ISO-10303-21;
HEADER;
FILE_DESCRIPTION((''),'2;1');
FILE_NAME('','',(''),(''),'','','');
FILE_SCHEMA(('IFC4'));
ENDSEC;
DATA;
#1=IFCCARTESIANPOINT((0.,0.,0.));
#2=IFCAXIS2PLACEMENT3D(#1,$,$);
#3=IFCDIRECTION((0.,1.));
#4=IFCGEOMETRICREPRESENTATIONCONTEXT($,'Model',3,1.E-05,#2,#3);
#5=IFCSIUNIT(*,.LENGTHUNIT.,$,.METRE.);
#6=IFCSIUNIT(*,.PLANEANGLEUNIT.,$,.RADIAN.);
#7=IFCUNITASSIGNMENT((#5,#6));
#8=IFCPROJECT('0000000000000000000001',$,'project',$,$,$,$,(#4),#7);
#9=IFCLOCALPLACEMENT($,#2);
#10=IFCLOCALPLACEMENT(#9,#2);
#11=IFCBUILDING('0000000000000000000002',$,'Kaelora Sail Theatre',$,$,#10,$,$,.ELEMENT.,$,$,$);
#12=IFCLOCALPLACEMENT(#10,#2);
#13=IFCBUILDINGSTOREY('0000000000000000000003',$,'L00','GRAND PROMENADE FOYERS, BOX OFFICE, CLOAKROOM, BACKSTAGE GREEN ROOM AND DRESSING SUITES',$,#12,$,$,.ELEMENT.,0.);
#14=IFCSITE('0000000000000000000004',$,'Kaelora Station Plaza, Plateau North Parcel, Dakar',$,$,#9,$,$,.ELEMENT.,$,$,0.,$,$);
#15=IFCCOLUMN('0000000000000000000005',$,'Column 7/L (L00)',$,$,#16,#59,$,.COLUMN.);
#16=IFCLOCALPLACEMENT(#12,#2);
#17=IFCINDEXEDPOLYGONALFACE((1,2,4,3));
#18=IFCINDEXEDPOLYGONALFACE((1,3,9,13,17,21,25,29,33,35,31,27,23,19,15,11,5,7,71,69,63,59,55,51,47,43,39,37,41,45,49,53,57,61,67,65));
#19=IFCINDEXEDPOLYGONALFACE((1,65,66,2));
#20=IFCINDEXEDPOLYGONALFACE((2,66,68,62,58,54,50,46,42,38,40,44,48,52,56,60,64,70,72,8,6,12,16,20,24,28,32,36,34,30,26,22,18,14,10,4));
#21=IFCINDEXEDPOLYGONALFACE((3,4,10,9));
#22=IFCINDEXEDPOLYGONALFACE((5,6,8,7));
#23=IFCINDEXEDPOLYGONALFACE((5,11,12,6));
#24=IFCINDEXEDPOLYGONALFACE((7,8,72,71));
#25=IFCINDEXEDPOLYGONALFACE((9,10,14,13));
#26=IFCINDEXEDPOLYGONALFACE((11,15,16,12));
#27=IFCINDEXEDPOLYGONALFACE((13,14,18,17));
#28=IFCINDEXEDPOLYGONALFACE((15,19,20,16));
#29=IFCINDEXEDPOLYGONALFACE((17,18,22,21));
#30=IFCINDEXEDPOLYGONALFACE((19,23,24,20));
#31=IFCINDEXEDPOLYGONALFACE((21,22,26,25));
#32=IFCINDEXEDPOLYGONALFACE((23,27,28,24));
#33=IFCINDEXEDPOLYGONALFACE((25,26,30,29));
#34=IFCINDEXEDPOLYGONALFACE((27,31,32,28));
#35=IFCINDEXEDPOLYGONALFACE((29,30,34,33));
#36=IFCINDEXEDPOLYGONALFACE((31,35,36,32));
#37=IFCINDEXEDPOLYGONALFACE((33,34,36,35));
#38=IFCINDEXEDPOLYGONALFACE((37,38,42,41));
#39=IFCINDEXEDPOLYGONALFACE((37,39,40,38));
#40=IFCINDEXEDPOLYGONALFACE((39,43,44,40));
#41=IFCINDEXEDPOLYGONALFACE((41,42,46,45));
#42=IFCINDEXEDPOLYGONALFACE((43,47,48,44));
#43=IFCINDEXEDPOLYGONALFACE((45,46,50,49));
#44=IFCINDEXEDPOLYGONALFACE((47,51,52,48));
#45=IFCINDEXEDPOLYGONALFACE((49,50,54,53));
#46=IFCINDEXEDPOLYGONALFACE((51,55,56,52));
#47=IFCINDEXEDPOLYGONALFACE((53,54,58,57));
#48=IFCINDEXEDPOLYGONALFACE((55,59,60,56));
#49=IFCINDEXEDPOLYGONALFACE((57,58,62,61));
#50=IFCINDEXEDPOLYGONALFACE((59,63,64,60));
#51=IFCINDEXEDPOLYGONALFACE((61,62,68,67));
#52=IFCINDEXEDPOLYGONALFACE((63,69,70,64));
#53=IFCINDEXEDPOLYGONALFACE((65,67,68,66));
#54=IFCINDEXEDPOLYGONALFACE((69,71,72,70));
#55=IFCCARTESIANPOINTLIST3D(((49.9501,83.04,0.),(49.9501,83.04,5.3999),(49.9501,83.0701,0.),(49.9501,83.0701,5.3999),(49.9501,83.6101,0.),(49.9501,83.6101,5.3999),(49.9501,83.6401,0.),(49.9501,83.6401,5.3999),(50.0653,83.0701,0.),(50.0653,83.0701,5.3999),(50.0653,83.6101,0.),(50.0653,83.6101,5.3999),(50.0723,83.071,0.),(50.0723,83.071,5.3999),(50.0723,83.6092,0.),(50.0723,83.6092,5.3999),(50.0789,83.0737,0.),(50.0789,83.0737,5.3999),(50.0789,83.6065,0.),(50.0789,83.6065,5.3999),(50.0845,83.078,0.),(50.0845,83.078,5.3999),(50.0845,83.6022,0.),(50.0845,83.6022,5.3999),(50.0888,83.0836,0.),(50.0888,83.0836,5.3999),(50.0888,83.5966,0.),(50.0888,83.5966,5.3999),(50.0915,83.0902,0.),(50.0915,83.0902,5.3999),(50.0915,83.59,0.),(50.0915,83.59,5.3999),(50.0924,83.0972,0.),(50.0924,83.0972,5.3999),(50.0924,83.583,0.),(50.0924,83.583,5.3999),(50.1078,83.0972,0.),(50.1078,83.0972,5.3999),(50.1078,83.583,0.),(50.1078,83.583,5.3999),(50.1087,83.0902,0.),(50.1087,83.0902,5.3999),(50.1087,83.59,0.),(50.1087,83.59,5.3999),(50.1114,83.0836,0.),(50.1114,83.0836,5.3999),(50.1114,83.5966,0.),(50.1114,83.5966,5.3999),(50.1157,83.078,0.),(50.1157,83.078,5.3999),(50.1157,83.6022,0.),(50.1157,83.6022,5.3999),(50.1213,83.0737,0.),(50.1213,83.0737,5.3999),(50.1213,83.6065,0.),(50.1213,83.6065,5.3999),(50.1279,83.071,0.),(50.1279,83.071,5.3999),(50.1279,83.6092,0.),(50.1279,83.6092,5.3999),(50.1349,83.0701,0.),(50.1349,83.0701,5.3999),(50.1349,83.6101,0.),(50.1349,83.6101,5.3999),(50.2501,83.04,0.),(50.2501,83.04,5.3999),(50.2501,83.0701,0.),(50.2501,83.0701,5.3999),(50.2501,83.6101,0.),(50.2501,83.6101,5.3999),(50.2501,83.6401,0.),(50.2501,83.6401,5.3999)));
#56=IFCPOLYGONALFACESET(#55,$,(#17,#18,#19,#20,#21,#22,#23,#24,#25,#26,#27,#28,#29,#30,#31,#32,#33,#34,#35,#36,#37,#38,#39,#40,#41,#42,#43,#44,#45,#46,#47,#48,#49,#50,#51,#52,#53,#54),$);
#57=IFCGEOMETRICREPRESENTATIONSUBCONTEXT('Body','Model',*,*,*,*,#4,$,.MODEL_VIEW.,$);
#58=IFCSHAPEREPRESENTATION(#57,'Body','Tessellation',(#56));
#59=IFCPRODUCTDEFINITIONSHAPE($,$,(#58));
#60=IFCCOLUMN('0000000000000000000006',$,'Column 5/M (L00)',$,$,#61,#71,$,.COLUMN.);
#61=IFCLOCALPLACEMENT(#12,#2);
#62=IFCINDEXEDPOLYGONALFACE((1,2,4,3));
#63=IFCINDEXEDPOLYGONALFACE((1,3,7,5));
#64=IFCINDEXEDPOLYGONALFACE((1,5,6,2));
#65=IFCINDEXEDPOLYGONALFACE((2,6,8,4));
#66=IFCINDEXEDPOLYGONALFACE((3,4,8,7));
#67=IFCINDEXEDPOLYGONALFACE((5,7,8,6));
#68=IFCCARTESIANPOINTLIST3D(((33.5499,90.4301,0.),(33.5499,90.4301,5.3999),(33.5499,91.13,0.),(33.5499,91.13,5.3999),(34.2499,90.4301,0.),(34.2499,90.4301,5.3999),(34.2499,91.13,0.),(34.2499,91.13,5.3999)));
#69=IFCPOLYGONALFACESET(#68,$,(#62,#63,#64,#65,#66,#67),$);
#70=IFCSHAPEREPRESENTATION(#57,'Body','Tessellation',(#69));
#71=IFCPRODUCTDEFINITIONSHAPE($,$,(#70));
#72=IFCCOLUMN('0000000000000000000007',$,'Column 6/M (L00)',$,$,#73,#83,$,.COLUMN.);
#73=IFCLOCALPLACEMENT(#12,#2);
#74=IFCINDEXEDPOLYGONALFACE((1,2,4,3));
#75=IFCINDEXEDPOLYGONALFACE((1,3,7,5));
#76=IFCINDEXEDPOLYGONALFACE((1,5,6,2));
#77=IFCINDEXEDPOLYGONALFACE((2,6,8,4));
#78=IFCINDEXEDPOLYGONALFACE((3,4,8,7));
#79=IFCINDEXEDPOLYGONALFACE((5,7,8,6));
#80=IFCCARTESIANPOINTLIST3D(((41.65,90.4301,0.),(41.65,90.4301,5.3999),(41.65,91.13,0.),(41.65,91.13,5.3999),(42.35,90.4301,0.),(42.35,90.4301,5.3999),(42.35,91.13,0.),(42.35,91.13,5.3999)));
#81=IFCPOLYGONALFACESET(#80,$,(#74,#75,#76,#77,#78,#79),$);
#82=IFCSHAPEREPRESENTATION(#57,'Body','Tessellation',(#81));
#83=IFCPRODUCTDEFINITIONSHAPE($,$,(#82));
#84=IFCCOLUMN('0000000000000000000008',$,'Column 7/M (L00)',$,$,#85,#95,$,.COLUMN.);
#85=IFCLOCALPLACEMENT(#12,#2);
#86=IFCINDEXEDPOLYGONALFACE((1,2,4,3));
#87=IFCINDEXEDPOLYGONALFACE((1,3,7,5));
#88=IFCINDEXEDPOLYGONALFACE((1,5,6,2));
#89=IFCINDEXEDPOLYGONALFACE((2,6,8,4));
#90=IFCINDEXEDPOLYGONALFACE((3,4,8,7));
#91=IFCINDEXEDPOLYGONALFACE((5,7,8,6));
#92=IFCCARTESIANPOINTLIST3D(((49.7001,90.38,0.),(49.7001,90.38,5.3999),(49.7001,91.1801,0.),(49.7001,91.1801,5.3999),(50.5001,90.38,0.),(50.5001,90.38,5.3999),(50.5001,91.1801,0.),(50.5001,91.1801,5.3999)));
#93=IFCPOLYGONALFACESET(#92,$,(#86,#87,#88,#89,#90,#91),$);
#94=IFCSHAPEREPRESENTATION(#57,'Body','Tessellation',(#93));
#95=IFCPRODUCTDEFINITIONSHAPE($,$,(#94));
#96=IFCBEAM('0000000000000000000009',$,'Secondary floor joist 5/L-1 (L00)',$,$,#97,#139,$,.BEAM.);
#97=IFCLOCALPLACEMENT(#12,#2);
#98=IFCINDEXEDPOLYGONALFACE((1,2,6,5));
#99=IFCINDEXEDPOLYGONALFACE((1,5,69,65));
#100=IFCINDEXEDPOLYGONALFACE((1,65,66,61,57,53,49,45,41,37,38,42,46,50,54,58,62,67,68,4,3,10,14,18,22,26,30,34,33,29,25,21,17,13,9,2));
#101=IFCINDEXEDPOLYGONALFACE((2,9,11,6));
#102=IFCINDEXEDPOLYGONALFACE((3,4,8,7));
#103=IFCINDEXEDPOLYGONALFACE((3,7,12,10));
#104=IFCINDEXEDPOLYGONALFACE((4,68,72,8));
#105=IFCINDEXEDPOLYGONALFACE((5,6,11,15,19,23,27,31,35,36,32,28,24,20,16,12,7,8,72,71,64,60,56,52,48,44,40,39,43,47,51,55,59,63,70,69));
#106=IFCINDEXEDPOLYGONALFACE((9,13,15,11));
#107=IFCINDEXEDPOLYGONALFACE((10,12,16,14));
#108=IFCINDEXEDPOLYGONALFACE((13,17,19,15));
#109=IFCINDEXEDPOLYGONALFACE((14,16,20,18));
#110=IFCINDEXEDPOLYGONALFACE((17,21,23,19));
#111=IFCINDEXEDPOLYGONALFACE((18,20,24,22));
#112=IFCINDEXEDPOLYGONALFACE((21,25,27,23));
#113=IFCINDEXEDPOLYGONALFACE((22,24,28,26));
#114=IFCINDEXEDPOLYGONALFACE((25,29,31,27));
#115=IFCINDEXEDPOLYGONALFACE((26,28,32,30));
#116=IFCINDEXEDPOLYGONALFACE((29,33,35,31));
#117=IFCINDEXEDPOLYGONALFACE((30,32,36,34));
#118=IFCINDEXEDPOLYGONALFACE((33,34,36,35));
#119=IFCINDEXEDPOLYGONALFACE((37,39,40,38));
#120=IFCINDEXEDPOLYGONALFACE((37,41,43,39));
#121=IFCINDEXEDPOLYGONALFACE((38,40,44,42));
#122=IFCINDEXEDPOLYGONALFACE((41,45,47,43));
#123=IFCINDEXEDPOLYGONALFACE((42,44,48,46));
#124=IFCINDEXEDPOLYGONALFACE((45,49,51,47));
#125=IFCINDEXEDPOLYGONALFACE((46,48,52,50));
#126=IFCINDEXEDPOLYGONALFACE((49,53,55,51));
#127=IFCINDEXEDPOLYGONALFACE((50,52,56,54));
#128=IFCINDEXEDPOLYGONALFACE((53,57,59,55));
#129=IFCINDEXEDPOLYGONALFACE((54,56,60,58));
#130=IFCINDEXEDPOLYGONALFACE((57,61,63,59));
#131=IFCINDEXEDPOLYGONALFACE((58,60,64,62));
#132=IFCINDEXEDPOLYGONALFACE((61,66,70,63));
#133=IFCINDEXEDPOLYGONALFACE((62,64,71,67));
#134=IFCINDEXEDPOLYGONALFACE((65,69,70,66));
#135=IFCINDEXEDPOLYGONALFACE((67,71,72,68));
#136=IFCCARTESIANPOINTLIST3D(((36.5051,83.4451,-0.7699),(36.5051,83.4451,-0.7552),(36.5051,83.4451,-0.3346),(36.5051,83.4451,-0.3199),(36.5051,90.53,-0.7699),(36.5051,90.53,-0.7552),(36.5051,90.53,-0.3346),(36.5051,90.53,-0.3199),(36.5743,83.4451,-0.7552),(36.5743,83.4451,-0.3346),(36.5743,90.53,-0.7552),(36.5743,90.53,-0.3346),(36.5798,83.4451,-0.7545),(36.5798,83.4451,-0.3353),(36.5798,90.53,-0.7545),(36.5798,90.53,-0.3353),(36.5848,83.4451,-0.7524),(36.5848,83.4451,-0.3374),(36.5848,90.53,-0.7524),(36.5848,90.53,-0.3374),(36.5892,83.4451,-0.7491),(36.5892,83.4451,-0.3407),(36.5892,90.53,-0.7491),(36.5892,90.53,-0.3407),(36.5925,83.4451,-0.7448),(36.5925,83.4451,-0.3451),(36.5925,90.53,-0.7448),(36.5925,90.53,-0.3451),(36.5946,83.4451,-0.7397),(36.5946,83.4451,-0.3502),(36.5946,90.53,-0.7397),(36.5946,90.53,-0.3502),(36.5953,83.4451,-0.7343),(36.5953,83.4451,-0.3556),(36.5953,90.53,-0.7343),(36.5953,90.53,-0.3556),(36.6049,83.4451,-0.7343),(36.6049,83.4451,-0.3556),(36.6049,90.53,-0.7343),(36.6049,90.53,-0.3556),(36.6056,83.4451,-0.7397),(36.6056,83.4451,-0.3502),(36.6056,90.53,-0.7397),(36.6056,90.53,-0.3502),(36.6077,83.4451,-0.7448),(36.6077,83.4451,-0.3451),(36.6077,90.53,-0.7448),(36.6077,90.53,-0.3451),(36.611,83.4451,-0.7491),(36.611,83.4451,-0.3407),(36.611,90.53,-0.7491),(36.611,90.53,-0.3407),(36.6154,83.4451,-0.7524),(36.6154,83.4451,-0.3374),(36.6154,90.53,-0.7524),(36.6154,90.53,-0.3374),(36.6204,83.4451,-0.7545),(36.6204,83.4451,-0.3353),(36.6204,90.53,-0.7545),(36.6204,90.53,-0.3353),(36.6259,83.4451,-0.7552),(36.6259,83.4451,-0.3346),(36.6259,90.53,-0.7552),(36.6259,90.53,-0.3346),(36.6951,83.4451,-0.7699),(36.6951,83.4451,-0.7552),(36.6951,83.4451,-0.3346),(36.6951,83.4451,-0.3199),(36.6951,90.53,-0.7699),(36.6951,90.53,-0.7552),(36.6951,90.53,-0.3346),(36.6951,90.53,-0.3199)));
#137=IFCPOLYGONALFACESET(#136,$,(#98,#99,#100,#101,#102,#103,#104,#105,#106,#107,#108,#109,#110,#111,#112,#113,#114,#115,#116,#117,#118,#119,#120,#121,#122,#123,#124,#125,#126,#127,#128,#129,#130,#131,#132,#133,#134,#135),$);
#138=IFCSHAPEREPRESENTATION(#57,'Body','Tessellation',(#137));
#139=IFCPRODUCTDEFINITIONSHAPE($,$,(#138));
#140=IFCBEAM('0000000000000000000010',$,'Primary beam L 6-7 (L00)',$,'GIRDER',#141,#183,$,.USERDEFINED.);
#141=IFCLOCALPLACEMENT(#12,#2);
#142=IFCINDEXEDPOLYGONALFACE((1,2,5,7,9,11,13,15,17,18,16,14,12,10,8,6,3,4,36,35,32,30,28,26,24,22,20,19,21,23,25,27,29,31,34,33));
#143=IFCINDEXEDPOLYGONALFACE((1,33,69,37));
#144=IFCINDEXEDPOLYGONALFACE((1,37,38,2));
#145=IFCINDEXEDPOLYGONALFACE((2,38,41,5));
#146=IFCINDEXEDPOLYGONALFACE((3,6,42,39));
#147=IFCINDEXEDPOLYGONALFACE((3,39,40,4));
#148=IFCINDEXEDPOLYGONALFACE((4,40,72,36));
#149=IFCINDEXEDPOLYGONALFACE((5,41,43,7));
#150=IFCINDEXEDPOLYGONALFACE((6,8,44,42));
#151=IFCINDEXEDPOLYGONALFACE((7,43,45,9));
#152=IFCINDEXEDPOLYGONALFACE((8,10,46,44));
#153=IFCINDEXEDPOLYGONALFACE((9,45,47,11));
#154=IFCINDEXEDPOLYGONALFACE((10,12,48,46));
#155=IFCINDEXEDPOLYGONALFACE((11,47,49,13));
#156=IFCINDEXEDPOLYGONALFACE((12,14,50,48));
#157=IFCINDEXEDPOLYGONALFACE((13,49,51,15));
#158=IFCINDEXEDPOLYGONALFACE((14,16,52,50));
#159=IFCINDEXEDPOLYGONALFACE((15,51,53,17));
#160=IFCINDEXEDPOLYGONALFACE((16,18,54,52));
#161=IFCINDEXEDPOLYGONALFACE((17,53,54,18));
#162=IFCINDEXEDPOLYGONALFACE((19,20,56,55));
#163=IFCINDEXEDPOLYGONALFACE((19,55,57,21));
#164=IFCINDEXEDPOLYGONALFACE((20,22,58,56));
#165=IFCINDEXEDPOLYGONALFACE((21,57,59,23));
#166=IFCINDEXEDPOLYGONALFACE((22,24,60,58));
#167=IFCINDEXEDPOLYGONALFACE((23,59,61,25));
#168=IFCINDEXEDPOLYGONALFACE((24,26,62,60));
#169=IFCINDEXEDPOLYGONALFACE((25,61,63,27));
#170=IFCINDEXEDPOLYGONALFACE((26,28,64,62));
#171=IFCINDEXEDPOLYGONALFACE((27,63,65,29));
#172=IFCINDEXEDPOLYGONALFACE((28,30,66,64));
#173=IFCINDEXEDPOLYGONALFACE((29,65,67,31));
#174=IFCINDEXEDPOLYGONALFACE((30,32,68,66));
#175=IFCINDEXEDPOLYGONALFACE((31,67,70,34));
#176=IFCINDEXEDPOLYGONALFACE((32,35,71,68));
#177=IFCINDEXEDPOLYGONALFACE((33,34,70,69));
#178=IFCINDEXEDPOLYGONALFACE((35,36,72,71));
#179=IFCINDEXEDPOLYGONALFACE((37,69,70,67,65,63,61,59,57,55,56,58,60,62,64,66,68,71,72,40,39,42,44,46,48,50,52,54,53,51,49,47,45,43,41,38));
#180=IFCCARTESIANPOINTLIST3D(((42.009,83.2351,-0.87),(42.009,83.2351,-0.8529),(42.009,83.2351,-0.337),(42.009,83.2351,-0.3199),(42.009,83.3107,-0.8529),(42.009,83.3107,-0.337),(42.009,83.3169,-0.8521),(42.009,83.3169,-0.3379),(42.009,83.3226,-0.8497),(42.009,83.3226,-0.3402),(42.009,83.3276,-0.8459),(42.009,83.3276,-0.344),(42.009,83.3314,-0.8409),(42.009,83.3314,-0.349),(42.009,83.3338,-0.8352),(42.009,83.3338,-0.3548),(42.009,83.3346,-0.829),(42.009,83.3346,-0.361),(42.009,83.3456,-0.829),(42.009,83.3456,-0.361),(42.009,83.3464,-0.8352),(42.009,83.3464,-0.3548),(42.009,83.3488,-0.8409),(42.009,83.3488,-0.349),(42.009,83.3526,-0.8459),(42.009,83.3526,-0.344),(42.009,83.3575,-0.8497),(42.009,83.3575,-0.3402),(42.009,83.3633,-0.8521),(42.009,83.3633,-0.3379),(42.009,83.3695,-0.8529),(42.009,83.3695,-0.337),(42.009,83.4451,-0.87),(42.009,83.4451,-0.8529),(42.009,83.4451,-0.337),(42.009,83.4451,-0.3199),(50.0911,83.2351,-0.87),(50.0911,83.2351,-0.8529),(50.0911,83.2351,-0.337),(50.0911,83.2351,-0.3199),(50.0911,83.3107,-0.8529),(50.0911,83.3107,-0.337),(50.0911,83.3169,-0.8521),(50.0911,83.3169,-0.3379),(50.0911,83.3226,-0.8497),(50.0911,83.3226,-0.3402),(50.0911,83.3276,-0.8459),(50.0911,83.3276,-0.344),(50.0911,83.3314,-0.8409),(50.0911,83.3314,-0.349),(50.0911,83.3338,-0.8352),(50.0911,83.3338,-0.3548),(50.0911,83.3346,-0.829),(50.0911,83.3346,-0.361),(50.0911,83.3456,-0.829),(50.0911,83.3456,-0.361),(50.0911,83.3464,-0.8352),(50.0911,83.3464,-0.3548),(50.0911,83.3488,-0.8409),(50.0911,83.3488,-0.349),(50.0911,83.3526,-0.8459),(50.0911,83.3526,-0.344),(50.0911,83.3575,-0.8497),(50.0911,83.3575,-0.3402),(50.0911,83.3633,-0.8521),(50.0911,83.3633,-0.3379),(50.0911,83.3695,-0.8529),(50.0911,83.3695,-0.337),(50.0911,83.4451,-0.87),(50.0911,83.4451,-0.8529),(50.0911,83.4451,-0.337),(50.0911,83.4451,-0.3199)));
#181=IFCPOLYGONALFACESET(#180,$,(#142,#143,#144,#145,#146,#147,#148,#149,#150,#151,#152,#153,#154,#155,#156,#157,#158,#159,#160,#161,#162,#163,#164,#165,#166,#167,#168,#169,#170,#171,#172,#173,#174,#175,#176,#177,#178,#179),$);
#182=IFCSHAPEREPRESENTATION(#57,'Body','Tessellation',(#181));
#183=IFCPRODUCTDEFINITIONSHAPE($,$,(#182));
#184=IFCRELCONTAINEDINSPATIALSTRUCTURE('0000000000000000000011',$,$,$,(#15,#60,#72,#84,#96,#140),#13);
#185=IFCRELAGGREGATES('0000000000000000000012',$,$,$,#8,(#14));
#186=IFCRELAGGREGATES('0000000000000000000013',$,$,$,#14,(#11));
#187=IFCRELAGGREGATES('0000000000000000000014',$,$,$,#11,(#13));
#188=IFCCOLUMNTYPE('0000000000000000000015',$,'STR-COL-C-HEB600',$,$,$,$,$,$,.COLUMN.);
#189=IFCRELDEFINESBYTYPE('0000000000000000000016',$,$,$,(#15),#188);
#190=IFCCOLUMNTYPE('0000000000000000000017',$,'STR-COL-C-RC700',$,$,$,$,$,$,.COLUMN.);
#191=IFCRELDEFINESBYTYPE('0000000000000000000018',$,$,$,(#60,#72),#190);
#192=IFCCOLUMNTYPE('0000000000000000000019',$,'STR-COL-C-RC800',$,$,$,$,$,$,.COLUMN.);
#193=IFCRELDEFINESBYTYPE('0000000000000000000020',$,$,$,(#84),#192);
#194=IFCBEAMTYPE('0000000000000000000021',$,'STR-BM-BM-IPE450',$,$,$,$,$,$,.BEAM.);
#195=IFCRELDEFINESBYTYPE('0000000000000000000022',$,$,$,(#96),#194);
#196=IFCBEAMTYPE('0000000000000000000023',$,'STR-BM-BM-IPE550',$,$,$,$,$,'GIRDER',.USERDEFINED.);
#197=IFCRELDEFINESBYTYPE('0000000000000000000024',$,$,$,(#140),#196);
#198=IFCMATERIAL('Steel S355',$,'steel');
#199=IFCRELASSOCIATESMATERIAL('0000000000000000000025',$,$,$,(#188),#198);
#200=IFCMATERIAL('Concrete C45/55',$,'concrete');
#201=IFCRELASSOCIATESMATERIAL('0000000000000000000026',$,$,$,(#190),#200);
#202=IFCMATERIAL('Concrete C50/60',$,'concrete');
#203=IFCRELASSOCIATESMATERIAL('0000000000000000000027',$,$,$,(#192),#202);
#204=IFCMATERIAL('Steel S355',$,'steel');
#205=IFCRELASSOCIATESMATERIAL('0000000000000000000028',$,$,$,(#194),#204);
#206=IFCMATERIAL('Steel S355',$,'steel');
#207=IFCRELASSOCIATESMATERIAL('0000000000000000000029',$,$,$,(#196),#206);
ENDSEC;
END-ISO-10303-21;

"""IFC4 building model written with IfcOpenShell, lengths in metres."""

from ifc_helpers import new_model, si_unit, direction, frame, origin, origin_2d, place, context, subcontext, project, spatial, rectangle, i_section, extrude, material, material_profile, profile_set, type_object, element, save


model = new_model("IFC4")

# Units and contexts
model_context = context("Model", 3, precision=1e-05, world=origin(), true_north=direction((0.0, 1.0)))
body_context = subcontext(model_context, "Body", "Model", "MODEL_VIEW")
ifc_project = project(units=[si_unit("LENGTHUNIT", "METRE"), si_unit("PLANEANGLEUNIT", "RADIAN")], contexts=[model_context])

# Site, building, storey
site_placement = place(None, origin())
site = spatial("IfcSite", under=ifc_project, at=site_placement, Name="Kaelora Station Plaza, Plateau North Parcel, Dakar", CompositionType="ELEMENT", RefElevation=0.0)
building_placement = place(site_placement, origin())
building = spatial("IfcBuilding", under=site, at=building_placement, Name="Kaelora Sail Theatre", CompositionType="ELEMENT")
storey_placement = place(building_placement, origin())
storey = spatial("IfcBuildingStorey", under=building, at=storey_placement, Name="L00", Description="GRAND PROMENADE FOYERS, BOX OFFICE, CLOAKROOM, BACKSTAGE GREEN ROOM AND DRESSING SUITES", CompositionType="ELEMENT", Elevation=0.0)

# Columns
ifc_material_1 = material(Name="Steel S355", Category="steel")
ifc_material_profile_1 = material_profile(ifc_material_1, i_section(OverallWidth=0.3, OverallDepth=0.6001, WebThickness=0.0154, FlangeThickness=0.03, FilletRadius=0.0271, at=origin_2d()), Name="HEB 600")
ifc_profile_set_1 = profile_set([ifc_material_profile_1], Name="Steel S355")
column_type_1 = type_object("IfcColumnType", Name="STR-COL-C-HEB600", PredefinedType="COLUMN", material=ifc_profile_set_1)
column_1_placement = place(storey_placement, frame((50.1001, 83.3401, 0.0), z_axis=(0.0, 0.0, 1.0), x_axis=(1.0, 0.0, 0.0)))
element("IfcColumn", 1, at=column_1_placement, inside=storey, type_object=column_type_1, Name="Column 7/L (L00)", PredefinedType="COLUMN", context=body_context, shape_type="SweptSolid", body=[
    extrude(i_section(OverallWidth=0.3, OverallDepth=0.6001, WebThickness=0.0154, FlangeThickness=0.03, FilletRadius=0.0271, at=origin_2d()), origin(), (0.0, 0.0, 1.0), 5.3999),
])
ifc_material_2 = material(Name="Concrete C45/55", Category="concrete")
ifc_material_profile_2 = material_profile(ifc_material_2, rectangle(XDim=0.7, YDim=0.7, at=origin_2d()), Name="RC-COL 700x700")
ifc_profile_set_2 = profile_set([ifc_material_profile_2], Name="Concrete C45/55")
column_type_2 = type_object("IfcColumnType", Name="STR-COL-C-RC700", PredefinedType="COLUMN", material=ifc_profile_set_2)
for number, where, z_axis, x_axis, name in (
    (2, (33.8999, 90.78, 0.0), (0.0, 0.0, 1.0), (1.0, 0.0, 0.0), "Column 5/M (L00)"),
    (3, (42.0, 90.78, 0.0), (0.0, 0.0, 1.0), (1.0, 0.0, 0.0), "Column 6/M (L00)"),
):
    element("IfcColumn", number, at=place(storey_placement, frame(where, z_axis=z_axis, x_axis=x_axis)), inside=storey, type_object=column_type_2, Name=name, PredefinedType="COLUMN", context=body_context, shape_type="SweptSolid", body=[
        extrude(rectangle(XDim=0.7, YDim=0.7, at=origin_2d()), origin(), (0.0, 0.0, 1.0), 5.3999),
    ])
ifc_material_3 = material(Name="Concrete C50/60", Category="concrete")
ifc_material_profile_3 = material_profile(ifc_material_3, rectangle(XDim=0.8, YDim=0.8, at=origin_2d()), Name="RC-COL 800x800")
ifc_profile_set_3 = profile_set([ifc_material_profile_3], Name="Concrete C50/60")
column_type_3 = type_object("IfcColumnType", Name="STR-COL-C-RC800", PredefinedType="COLUMN", material=ifc_profile_set_3)
column_2_placement = place(storey_placement, frame((50.1001, 90.78, 0.0), z_axis=(0.0, 0.0, 1.0), x_axis=(1.0, 0.0, 0.0)))
element("IfcColumn", 4, at=column_2_placement, inside=storey, type_object=column_type_3, Name="Column 7/M (L00)", PredefinedType="COLUMN", context=body_context, shape_type="SweptSolid", body=[
    extrude(rectangle(XDim=0.8, YDim=0.8, at=origin_2d()), origin(), (0.0, 0.0, 1.0), 5.3999),
])

# Beams
ifc_material_4 = material(Name="Steel S355", Category="steel")
ifc_material_profile_4 = material_profile(ifc_material_4, i_section(OverallWidth=0.1899, OverallDepth=0.45, WebThickness=0.0095, FlangeThickness=0.0146, FilletRadius=0.021, at=origin_2d()), Name="IPE 450")
ifc_profile_set_4 = profile_set([ifc_material_profile_4], Name="Steel S355")
beam_type_1 = type_object("IfcBeamType", Name="STR-BM-BM-IPE450", PredefinedType="BEAM", material=ifc_profile_set_4)
beam_1_placement = place(storey_placement, frame((36.6001, 83.4451, -0.5449), z_axis=(0.0, 1.0, 0.0), x_axis=(-1.0, 0.0, 0.0)))
element("IfcBeam", 5, at=beam_1_placement, inside=storey, type_object=beam_type_1, Name="Secondary floor joist 5/L-1 (L00)", PredefinedType="BEAM", context=body_context, shape_type="SweptSolid", body=[
    extrude(i_section(OverallWidth=0.1899, OverallDepth=0.45, WebThickness=0.0095, FlangeThickness=0.0146, FilletRadius=0.021, at=origin_2d()), origin(), (0.0, 0.0, 1.0), 7.085),
])
ifc_material_5 = material(Name="Steel S355", Category="steel")
ifc_material_profile_5 = material_profile(ifc_material_5, i_section(OverallWidth=0.21, OverallDepth=0.55, WebThickness=0.011, FlangeThickness=0.0171, FilletRadius=0.0239, at=origin_2d()), Name="IPE 550")
ifc_profile_set_5 = profile_set([ifc_material_profile_5], Name="Steel S355")
beam_type_2 = type_object("IfcBeamType", Name="STR-BM-BM-IPE550", ElementType="GIRDER", PredefinedType="USERDEFINED", material=ifc_profile_set_5)
for number, where, z_axis, x_axis, name in (
    (6, (42.009, 83.3401, -0.595), (1.0, 0.0, 0.0), (0.0, 1.0, 0.0), "Primary beam L 6-7 (L00)"),
):
    element("IfcBeam", number, at=place(storey_placement, frame(where, z_axis=z_axis, x_axis=x_axis)), inside=storey, type_object=beam_type_2, Name=name, ObjectType="GIRDER", PredefinedType="USERDEFINED", context=body_context, shape_type="SweptSolid", body=[
        extrude(i_section(OverallWidth=0.21, OverallDepth=0.55, WebThickness=0.011, FlangeThickness=0.0171, FilletRadius=0.0239, at=origin_2d()), origin(), (0.0, 0.0, 1.0), 8.082),
    ])

save(model, "model.ifc")
